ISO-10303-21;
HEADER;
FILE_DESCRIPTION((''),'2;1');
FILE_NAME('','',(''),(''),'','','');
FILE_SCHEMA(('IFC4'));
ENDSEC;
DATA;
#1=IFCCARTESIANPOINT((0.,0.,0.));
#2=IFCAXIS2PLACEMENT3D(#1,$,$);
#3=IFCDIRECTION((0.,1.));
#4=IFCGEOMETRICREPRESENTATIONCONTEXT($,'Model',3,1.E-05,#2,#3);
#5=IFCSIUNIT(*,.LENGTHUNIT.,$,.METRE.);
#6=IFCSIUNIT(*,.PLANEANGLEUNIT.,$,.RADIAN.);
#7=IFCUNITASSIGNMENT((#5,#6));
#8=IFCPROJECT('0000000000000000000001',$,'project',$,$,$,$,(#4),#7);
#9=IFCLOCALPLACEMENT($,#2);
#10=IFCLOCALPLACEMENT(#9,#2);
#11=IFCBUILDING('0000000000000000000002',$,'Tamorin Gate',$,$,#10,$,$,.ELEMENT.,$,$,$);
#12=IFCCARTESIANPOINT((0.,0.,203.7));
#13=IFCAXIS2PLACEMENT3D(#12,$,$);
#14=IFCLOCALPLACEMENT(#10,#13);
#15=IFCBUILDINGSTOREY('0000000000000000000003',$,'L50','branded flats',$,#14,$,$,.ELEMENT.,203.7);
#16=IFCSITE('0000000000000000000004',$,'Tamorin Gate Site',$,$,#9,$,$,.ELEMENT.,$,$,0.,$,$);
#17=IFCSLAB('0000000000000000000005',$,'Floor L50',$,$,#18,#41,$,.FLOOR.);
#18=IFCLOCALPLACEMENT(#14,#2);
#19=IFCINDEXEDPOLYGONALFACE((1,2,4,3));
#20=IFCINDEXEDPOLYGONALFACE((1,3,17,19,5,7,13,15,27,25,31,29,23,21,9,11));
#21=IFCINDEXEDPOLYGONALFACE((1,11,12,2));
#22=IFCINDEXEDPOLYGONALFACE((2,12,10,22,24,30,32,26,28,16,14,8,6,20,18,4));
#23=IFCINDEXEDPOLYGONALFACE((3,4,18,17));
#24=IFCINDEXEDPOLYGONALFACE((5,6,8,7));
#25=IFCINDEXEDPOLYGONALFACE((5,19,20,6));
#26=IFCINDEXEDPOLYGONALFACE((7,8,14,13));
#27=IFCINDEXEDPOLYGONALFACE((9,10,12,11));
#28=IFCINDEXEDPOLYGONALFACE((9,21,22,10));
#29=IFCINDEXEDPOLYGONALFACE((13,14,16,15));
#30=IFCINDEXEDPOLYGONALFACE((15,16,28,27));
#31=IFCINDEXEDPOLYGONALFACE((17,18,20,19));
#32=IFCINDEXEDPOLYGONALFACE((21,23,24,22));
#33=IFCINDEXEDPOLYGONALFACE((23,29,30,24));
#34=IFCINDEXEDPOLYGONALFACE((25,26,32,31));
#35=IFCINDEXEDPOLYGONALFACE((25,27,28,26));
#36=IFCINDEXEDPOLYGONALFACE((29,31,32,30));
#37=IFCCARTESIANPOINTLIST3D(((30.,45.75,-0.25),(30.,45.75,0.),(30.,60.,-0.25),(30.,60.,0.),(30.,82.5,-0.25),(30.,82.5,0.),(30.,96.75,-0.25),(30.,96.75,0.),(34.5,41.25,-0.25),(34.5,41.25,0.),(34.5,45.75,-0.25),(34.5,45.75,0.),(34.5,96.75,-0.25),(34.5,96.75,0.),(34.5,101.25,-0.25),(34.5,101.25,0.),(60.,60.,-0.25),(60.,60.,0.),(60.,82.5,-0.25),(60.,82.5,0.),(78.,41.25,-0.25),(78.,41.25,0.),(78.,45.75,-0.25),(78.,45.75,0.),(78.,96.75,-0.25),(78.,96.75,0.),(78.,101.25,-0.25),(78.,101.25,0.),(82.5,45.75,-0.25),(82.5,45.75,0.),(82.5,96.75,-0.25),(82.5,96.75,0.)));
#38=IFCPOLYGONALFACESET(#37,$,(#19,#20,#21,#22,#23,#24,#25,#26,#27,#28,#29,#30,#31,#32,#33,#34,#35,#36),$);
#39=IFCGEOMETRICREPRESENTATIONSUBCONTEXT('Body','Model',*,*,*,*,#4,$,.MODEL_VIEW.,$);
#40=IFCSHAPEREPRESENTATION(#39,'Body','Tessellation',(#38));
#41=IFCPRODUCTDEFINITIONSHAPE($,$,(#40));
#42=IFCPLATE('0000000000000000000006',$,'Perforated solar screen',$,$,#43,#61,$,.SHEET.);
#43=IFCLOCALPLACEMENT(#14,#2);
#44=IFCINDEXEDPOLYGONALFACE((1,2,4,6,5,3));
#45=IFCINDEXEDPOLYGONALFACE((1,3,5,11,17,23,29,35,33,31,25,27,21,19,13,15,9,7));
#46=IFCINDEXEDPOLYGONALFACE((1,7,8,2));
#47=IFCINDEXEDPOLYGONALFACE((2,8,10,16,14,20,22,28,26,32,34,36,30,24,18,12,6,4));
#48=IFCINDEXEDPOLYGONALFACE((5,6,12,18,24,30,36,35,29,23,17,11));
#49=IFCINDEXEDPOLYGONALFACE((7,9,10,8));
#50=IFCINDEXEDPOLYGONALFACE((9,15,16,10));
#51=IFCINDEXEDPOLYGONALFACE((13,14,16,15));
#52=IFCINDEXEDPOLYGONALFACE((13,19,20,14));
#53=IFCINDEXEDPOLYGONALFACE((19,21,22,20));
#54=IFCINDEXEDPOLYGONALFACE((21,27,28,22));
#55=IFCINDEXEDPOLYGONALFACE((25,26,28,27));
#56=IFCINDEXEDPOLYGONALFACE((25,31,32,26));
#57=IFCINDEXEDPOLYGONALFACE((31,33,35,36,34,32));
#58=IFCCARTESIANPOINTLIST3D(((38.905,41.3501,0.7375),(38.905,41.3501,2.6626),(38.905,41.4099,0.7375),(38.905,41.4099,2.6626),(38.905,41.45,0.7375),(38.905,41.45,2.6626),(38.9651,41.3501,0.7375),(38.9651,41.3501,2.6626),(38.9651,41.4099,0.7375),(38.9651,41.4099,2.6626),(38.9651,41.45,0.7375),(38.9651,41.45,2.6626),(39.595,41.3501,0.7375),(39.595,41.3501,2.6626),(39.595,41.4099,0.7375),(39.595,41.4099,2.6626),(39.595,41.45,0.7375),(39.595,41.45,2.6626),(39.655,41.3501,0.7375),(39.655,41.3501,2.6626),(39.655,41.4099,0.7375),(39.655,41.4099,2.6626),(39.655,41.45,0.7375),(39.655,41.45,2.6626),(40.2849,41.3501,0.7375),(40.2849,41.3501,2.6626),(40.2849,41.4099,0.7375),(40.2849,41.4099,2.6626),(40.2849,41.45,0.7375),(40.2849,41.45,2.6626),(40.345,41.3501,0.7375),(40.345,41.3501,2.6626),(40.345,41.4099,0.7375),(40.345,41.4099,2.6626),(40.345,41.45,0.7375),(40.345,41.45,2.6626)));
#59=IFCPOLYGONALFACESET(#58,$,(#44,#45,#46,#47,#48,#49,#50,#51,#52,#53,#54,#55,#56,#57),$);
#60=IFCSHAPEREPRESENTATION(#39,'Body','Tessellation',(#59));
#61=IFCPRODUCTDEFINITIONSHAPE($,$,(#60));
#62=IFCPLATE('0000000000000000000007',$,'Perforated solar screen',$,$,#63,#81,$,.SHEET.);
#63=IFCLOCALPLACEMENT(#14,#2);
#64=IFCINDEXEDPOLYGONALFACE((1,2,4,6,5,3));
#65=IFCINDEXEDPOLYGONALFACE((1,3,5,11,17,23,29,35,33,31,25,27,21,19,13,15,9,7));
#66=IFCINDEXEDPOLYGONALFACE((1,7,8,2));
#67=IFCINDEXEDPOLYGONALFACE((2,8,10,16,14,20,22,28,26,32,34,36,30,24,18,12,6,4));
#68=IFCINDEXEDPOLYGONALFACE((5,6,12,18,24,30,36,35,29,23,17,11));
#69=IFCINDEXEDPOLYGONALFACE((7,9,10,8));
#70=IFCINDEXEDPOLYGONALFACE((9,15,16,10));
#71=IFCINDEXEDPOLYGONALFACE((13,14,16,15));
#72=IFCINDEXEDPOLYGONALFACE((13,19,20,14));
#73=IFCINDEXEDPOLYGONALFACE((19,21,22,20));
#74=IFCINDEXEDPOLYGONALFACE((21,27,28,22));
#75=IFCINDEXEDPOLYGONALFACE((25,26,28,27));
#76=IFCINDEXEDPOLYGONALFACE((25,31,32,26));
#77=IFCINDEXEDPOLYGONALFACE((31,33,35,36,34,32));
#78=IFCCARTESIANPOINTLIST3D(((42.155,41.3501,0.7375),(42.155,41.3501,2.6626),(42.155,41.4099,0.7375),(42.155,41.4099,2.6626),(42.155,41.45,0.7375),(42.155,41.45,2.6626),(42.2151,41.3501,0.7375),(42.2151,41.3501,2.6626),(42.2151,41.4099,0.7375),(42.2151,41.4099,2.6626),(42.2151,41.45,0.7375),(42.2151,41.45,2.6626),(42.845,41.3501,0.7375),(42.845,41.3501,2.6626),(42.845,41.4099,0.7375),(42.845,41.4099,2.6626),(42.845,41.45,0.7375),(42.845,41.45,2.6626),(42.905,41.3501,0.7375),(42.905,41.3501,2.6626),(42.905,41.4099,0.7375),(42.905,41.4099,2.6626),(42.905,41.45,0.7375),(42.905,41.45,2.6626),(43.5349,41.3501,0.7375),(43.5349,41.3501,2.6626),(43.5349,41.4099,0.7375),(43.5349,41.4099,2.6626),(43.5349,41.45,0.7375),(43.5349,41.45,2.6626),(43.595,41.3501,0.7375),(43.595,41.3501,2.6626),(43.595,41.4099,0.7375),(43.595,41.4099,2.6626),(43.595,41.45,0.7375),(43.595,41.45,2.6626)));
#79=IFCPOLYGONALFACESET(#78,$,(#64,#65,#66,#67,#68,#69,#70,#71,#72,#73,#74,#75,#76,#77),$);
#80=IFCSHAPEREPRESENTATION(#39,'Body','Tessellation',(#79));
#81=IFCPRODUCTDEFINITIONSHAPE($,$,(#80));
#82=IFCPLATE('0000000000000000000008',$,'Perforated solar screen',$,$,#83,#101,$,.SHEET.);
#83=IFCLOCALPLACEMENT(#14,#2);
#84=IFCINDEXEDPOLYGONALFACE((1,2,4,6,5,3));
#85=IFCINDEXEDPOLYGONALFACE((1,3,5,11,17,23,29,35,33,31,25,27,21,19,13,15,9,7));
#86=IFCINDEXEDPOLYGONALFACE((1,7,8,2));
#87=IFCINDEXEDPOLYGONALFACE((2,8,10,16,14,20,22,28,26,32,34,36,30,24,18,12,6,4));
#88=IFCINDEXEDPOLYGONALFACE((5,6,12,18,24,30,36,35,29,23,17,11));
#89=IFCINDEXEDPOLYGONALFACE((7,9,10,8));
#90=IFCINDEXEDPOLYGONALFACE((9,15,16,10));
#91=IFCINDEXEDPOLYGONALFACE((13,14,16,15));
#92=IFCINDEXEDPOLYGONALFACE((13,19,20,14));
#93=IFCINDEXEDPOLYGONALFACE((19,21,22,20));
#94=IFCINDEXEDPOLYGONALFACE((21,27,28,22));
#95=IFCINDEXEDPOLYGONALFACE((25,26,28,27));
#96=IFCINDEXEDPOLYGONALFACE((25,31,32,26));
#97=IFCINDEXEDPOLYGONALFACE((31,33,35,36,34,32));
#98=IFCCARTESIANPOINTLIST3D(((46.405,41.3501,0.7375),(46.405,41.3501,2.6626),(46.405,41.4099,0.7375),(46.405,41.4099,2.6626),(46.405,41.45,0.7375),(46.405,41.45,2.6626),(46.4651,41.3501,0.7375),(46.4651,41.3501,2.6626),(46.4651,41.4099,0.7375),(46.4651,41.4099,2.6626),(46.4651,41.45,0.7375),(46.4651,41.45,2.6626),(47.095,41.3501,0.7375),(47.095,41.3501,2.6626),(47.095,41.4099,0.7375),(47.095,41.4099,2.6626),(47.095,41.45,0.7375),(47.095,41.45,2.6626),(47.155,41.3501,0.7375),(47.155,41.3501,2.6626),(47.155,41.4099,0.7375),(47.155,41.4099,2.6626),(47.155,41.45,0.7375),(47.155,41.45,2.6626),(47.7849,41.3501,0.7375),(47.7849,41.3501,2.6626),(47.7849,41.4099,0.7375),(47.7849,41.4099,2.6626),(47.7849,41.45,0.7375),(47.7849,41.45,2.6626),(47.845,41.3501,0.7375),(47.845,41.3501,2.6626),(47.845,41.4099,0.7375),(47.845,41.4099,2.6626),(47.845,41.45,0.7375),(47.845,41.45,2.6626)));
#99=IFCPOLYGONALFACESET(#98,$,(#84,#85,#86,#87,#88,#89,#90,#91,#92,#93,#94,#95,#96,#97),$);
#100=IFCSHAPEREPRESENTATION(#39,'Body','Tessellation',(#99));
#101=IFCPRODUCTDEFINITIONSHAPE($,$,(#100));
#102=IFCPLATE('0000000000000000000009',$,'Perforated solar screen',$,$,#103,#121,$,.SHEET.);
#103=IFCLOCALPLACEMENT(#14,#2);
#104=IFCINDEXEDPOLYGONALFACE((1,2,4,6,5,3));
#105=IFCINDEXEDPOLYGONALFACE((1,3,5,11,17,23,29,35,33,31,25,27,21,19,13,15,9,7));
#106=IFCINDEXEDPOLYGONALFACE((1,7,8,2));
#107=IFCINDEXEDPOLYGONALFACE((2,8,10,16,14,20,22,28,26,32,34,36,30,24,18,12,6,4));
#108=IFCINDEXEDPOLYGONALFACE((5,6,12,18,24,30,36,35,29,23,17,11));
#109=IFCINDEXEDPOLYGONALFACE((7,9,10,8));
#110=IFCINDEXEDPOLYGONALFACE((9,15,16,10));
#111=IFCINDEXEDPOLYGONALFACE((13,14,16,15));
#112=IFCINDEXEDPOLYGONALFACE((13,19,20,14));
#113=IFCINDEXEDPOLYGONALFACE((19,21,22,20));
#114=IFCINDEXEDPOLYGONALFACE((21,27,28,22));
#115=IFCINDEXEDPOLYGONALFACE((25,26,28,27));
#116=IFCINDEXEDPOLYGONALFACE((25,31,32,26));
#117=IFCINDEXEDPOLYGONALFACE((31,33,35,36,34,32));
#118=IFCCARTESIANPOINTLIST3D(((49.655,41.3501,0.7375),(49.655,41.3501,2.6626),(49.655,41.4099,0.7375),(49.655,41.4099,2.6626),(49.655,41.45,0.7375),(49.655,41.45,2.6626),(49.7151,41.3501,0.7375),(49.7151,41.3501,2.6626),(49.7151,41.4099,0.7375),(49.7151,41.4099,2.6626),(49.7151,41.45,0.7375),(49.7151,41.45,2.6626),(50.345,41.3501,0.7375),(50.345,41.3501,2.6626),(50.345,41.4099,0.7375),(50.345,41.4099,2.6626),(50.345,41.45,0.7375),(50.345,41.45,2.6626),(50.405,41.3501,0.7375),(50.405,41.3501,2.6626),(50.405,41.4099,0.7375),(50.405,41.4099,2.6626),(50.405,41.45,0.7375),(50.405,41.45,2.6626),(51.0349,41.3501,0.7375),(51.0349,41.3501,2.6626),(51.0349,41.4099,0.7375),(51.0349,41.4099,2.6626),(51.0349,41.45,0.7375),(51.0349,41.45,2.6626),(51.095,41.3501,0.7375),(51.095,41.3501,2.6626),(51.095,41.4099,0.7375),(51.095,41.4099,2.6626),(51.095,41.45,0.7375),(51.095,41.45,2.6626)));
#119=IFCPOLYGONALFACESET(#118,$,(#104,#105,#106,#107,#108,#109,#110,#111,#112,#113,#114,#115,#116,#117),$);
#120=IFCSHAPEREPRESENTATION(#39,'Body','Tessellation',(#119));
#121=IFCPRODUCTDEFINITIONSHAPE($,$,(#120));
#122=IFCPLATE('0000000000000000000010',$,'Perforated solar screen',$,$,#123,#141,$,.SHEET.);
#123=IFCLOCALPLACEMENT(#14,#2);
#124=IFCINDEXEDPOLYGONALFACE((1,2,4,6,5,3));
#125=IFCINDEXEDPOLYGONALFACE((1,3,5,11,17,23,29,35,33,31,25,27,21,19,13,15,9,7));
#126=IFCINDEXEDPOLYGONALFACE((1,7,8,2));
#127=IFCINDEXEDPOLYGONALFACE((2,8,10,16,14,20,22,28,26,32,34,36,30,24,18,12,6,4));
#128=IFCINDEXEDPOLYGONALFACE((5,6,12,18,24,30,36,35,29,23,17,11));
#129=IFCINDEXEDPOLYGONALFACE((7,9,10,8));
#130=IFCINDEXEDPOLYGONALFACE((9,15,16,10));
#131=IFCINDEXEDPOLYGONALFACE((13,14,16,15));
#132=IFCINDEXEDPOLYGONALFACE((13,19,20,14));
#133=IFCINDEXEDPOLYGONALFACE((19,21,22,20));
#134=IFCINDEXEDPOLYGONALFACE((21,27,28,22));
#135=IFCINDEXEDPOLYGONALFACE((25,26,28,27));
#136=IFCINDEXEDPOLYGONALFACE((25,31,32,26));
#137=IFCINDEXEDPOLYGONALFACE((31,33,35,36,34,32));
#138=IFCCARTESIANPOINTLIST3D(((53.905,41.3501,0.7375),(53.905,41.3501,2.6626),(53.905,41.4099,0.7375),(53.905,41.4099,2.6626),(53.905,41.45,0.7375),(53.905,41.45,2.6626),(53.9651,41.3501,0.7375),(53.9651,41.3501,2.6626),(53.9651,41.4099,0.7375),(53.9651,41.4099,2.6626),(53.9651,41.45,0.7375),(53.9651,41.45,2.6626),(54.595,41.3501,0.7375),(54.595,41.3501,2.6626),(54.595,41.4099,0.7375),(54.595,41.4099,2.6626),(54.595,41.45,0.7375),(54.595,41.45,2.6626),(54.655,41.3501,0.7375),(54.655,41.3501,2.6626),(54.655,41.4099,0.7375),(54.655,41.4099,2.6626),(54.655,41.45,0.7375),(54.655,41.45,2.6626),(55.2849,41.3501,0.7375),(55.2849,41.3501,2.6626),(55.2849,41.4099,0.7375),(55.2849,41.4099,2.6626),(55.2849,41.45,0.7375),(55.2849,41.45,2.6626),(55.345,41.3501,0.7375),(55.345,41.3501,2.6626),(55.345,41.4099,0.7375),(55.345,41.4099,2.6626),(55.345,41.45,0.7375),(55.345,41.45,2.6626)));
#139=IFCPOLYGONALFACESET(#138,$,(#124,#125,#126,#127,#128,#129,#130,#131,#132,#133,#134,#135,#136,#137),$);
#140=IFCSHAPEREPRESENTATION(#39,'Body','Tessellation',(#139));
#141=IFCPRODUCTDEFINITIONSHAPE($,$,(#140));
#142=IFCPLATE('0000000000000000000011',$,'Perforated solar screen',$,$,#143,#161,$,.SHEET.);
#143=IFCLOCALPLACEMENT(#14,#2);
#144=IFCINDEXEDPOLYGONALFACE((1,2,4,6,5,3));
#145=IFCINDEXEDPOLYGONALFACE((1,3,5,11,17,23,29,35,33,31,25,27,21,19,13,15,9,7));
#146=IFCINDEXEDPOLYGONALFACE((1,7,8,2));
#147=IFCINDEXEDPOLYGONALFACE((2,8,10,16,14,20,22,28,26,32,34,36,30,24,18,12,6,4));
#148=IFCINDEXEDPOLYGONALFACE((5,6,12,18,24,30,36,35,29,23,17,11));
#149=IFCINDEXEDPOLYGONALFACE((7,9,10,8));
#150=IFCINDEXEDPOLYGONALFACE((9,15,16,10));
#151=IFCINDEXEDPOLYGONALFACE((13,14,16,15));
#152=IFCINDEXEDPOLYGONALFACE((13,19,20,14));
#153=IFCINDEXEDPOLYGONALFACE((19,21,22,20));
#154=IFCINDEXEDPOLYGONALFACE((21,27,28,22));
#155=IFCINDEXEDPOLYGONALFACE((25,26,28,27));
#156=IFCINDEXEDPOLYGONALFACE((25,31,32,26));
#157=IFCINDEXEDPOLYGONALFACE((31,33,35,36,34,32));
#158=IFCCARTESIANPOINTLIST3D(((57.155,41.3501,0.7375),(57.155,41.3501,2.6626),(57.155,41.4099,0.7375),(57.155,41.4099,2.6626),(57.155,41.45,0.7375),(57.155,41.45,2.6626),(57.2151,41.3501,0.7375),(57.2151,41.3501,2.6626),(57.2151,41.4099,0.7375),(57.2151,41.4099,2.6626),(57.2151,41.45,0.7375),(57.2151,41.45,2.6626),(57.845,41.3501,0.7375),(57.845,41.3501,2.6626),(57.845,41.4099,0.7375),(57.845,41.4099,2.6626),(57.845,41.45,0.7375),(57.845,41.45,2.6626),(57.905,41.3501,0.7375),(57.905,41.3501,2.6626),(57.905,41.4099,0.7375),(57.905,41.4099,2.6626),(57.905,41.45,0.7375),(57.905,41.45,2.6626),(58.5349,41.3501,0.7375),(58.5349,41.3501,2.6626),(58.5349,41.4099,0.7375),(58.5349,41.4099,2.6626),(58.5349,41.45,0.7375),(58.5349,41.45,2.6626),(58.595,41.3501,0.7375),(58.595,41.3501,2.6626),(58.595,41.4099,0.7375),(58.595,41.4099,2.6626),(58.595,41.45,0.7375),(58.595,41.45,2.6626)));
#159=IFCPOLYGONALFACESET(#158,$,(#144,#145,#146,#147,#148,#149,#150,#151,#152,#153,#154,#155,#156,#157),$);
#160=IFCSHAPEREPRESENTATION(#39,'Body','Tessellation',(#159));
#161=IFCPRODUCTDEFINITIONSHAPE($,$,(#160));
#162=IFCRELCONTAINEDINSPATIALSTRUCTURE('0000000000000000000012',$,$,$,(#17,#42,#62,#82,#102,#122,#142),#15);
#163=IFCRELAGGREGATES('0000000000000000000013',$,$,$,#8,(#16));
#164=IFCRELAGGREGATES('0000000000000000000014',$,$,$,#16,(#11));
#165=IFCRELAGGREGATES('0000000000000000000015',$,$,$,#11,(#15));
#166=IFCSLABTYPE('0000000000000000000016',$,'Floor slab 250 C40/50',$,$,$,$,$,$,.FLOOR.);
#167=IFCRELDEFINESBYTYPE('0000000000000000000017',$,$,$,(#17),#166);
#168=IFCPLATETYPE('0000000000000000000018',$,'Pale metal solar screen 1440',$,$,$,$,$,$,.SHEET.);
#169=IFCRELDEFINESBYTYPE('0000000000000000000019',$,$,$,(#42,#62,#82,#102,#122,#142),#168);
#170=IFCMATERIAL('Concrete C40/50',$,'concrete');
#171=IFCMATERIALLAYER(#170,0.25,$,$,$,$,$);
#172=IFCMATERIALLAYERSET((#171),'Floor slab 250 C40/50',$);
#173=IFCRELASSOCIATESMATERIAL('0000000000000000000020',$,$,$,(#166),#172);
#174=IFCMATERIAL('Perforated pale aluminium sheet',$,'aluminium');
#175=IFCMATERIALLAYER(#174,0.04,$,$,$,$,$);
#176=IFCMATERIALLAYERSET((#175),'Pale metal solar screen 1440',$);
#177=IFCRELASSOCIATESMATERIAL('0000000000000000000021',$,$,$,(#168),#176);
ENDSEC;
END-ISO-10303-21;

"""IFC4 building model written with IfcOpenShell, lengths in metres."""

from ifc_helpers import new_model, si_unit, direction, frame, origin, place, context, subcontext, project, spatial, polyline, outline, extrude, material, layer, layer_set, type_object, element, save


model = new_model("IFC4")

# Units and contexts
model_context = context("Model", 3, precision=1e-05, world=origin(), true_north=direction((0.0, 1.0)))
body_context = subcontext(model_context, "Body", "Model", "MODEL_VIEW")
ifc_project = project(units=[si_unit("LENGTHUNIT", "METRE"), si_unit("PLANEANGLEUNIT", "RADIAN")], contexts=[model_context])

# Site, building, storey
site_placement = place(None, origin())
site = spatial("IfcSite", under=ifc_project, at=site_placement, Name="Tamorin Gate Site", CompositionType="ELEMENT", RefElevation=0.0)
building_placement = place(site_placement, origin())
building = spatial("IfcBuilding", under=site, at=building_placement, Name="Tamorin Gate", CompositionType="ELEMENT")
storey_placement = place(building_placement, frame((0.0, 0.0, 203.7)))
storey = spatial("IfcBuildingStorey", under=building, at=storey_placement, Name="L50", Description="branded flats", CompositionType="ELEMENT", Elevation=203.7)

# Slab
ifc_material_1 = material(Name="Concrete C40/50", Category="concrete")
ifc_layer_1 = layer(ifc_material_1, 0.25)
ifc_layer_set_1 = layer_set([ifc_layer_1], Name="Floor slab 250 C40/50")
slab_type = type_object("IfcSlabType", Name="Floor slab 250 C40/50", PredefinedType="FLOOR", material=ifc_layer_set_1)
slab_placement = place(storey_placement, frame((0.0, 0.0, -0.25)))
element("IfcSlab", 1, at=slab_placement, inside=storey, type_object=slab_type, Name="Floor L50", PredefinedType="FLOOR", context=body_context, shape_type="SweptSolid", body=[
    extrude(outline(polyline([(30.0, 96.75), (34.5, 96.75), (34.5, 101.25), (78.0, 101.25), (78.0, 96.75), (82.5, 96.75), (82.5, 45.75), (78.0, 45.75), (78.0, 41.25), (34.5, 41.25), (34.5, 45.75), (30.0, 45.75), (30.0, 60.0), (60.0, 60.0), (60.0, 82.5), (30.0, 82.5), (30.0, 96.75)])), origin(), (0.0, 0.0, 1.0), 0.25),
])

# Plates
ifc_material_2 = material(Name="Perforated pale aluminium sheet", Category="aluminium")
ifc_layer_2 = layer(ifc_material_2, 0.04)
ifc_layer_set_2 = layer_set([ifc_layer_2], Name="Pale metal solar screen 1440")
plate_type_1 = type_object("IfcPlateType", Name="Pale metal solar screen 1440", PredefinedType="SHEET", material=ifc_layer_set_2)
plate_1_placement = place(storey_placement, frame((0.0, 0.0, 0.7375)))
element("IfcPlate", 2, at=plate_1_placement, inside=storey, type_object=plate_type_1, Name="Perforated solar screen", PredefinedType="SHEET", context=body_context, shape_type="SweptSolid", body=[
    extrude(outline(polyline([(38.905, 41.4099), (38.905, 41.45), (38.9651, 41.45), (39.595, 41.45), (39.655, 41.45), (40.2849, 41.45), (40.345, 41.45), (40.345, 41.45), (40.345, 41.4099), (40.345, 41.4099), (40.345, 41.3501), (40.2849, 41.3501), (40.2849, 41.4099), (39.655, 41.4099), (39.655, 41.3501), (39.595, 41.3501), (39.595, 41.4099), (38.9651, 41.4099), (38.9651, 41.3501), (38.905, 41.3501), (38.905, 41.4099)])), origin(), (0.0, 0.0, 1.0), 1.925),
])
plate_2_placement = place(storey_placement, frame((0.0, 0.0, 0.7375)))
element("IfcPlate", 3, at=plate_2_placement, inside=storey, type_object=plate_type_1, Name="Perforated solar screen", PredefinedType="SHEET", context=body_context, shape_type="SweptSolid", body=[
    extrude(outline(polyline([(42.155, 41.4099), (42.155, 41.45), (42.2151, 41.45), (42.845, 41.45), (42.905, 41.45), (43.5349, 41.45), (43.595, 41.45), (43.595, 41.4099), (43.595, 41.3501), (43.5349, 41.3501), (43.5349, 41.4099), (42.905, 41.4099), (42.905, 41.3501), (42.845, 41.3501), (42.845, 41.4099), (42.2151, 41.4099), (42.2151, 41.3501), (42.155, 41.3501), (42.155, 41.4099)])), origin(), (0.0, 0.0, 1.0), 1.925),
])
plate_3_placement = place(storey_placement, frame((0.0, 0.0, 0.7375)))
element("IfcPlate", 4, at=plate_3_placement, inside=storey, type_object=plate_type_1, Name="Perforated solar screen", PredefinedType="SHEET", context=body_context, shape_type="SweptSolid", body=[
    extrude(outline(polyline([(46.405, 41.4099), (46.405, 41.45), (46.4651, 41.45), (47.095, 41.45), (47.155, 41.45), (47.7849, 41.45), (47.845, 41.45), (47.845, 41.4099), (47.845, 41.3501), (47.7849, 41.3501), (47.7849, 41.4099), (47.155, 41.4099), (47.155, 41.3501), (47.095, 41.3501), (47.095, 41.4099), (46.4651, 41.4099), (46.4651, 41.3501), (46.405, 41.3501), (46.405, 41.4099)])), origin(), (0.0, 0.0, 1.0), 1.925),
])
plate_4_placement = place(storey_placement, frame((0.0, 0.0, 0.7375)))
element("IfcPlate", 5, at=plate_4_placement, inside=storey, type_object=plate_type_1, Name="Perforated solar screen", PredefinedType="SHEET", context=body_context, shape_type="SweptSolid", body=[
    extrude(outline(polyline([(49.655, 41.4099), (49.655, 41.45), (49.7151, 41.45), (50.345, 41.45), (50.405, 41.45), (51.0349, 41.45), (51.095, 41.45), (51.095, 41.4099), (51.095, 41.3501), (51.0349, 41.3501), (51.0349, 41.4099), (50.405, 41.4099), (50.405, 41.3501), (50.345, 41.3501), (50.345, 41.4099), (49.7151, 41.4099), (49.7151, 41.3501), (49.655, 41.3501), (49.655, 41.4099)])), origin(), (0.0, 0.0, 1.0), 1.925),
])
plate_5_placement = place(storey_placement, frame((0.0, 0.0, 0.7375)))
element("IfcPlate", 6, at=plate_5_placement, inside=storey, type_object=plate_type_1, Name="Perforated solar screen", PredefinedType="SHEET", context=body_context, shape_type="SweptSolid", body=[
    extrude(outline(polyline([(53.905, 41.4099), (53.905, 41.45), (53.9651, 41.45), (54.595, 41.45), (54.655, 41.45), (55.2849, 41.45), (55.345, 41.45), (55.345, 41.4099), (55.345, 41.3501), (55.2849, 41.3501), (55.2849, 41.4099), (54.655, 41.4099), (54.655, 41.3501), (54.595, 41.3501), (54.595, 41.4099), (53.9651, 41.4099), (53.9651, 41.3501), (53.905, 41.3501), (53.905, 41.4099)])), origin(), (0.0, 0.0, 1.0), 1.925),
])
plate_6_placement = place(storey_placement, frame((0.0, 0.0, 0.7375)))
element("IfcPlate", 7, at=plate_6_placement, inside=storey, type_object=plate_type_1, Name="Perforated solar screen", PredefinedType="SHEET", context=body_context, shape_type="SweptSolid", body=[
    extrude(outline(polyline([(57.155, 41.4099), (57.155, 41.45), (57.2151, 41.45), (57.845, 41.45), (57.905, 41.45), (58.5349, 41.45), (58.595, 41.45), (58.595, 41.4099), (58.595, 41.3501), (58.5349, 41.3501), (58.5349, 41.4099), (57.905, 41.4099), (57.905, 41.3501), (57.845, 41.3501), (57.845, 41.4099), (57.2151, 41.4099), (57.2151, 41.3501), (57.155, 41.3501), (57.155, 41.4099)])), origin(), (0.0, 0.0, 1.0), 1.925),
])

save(model, "model.ifc")
